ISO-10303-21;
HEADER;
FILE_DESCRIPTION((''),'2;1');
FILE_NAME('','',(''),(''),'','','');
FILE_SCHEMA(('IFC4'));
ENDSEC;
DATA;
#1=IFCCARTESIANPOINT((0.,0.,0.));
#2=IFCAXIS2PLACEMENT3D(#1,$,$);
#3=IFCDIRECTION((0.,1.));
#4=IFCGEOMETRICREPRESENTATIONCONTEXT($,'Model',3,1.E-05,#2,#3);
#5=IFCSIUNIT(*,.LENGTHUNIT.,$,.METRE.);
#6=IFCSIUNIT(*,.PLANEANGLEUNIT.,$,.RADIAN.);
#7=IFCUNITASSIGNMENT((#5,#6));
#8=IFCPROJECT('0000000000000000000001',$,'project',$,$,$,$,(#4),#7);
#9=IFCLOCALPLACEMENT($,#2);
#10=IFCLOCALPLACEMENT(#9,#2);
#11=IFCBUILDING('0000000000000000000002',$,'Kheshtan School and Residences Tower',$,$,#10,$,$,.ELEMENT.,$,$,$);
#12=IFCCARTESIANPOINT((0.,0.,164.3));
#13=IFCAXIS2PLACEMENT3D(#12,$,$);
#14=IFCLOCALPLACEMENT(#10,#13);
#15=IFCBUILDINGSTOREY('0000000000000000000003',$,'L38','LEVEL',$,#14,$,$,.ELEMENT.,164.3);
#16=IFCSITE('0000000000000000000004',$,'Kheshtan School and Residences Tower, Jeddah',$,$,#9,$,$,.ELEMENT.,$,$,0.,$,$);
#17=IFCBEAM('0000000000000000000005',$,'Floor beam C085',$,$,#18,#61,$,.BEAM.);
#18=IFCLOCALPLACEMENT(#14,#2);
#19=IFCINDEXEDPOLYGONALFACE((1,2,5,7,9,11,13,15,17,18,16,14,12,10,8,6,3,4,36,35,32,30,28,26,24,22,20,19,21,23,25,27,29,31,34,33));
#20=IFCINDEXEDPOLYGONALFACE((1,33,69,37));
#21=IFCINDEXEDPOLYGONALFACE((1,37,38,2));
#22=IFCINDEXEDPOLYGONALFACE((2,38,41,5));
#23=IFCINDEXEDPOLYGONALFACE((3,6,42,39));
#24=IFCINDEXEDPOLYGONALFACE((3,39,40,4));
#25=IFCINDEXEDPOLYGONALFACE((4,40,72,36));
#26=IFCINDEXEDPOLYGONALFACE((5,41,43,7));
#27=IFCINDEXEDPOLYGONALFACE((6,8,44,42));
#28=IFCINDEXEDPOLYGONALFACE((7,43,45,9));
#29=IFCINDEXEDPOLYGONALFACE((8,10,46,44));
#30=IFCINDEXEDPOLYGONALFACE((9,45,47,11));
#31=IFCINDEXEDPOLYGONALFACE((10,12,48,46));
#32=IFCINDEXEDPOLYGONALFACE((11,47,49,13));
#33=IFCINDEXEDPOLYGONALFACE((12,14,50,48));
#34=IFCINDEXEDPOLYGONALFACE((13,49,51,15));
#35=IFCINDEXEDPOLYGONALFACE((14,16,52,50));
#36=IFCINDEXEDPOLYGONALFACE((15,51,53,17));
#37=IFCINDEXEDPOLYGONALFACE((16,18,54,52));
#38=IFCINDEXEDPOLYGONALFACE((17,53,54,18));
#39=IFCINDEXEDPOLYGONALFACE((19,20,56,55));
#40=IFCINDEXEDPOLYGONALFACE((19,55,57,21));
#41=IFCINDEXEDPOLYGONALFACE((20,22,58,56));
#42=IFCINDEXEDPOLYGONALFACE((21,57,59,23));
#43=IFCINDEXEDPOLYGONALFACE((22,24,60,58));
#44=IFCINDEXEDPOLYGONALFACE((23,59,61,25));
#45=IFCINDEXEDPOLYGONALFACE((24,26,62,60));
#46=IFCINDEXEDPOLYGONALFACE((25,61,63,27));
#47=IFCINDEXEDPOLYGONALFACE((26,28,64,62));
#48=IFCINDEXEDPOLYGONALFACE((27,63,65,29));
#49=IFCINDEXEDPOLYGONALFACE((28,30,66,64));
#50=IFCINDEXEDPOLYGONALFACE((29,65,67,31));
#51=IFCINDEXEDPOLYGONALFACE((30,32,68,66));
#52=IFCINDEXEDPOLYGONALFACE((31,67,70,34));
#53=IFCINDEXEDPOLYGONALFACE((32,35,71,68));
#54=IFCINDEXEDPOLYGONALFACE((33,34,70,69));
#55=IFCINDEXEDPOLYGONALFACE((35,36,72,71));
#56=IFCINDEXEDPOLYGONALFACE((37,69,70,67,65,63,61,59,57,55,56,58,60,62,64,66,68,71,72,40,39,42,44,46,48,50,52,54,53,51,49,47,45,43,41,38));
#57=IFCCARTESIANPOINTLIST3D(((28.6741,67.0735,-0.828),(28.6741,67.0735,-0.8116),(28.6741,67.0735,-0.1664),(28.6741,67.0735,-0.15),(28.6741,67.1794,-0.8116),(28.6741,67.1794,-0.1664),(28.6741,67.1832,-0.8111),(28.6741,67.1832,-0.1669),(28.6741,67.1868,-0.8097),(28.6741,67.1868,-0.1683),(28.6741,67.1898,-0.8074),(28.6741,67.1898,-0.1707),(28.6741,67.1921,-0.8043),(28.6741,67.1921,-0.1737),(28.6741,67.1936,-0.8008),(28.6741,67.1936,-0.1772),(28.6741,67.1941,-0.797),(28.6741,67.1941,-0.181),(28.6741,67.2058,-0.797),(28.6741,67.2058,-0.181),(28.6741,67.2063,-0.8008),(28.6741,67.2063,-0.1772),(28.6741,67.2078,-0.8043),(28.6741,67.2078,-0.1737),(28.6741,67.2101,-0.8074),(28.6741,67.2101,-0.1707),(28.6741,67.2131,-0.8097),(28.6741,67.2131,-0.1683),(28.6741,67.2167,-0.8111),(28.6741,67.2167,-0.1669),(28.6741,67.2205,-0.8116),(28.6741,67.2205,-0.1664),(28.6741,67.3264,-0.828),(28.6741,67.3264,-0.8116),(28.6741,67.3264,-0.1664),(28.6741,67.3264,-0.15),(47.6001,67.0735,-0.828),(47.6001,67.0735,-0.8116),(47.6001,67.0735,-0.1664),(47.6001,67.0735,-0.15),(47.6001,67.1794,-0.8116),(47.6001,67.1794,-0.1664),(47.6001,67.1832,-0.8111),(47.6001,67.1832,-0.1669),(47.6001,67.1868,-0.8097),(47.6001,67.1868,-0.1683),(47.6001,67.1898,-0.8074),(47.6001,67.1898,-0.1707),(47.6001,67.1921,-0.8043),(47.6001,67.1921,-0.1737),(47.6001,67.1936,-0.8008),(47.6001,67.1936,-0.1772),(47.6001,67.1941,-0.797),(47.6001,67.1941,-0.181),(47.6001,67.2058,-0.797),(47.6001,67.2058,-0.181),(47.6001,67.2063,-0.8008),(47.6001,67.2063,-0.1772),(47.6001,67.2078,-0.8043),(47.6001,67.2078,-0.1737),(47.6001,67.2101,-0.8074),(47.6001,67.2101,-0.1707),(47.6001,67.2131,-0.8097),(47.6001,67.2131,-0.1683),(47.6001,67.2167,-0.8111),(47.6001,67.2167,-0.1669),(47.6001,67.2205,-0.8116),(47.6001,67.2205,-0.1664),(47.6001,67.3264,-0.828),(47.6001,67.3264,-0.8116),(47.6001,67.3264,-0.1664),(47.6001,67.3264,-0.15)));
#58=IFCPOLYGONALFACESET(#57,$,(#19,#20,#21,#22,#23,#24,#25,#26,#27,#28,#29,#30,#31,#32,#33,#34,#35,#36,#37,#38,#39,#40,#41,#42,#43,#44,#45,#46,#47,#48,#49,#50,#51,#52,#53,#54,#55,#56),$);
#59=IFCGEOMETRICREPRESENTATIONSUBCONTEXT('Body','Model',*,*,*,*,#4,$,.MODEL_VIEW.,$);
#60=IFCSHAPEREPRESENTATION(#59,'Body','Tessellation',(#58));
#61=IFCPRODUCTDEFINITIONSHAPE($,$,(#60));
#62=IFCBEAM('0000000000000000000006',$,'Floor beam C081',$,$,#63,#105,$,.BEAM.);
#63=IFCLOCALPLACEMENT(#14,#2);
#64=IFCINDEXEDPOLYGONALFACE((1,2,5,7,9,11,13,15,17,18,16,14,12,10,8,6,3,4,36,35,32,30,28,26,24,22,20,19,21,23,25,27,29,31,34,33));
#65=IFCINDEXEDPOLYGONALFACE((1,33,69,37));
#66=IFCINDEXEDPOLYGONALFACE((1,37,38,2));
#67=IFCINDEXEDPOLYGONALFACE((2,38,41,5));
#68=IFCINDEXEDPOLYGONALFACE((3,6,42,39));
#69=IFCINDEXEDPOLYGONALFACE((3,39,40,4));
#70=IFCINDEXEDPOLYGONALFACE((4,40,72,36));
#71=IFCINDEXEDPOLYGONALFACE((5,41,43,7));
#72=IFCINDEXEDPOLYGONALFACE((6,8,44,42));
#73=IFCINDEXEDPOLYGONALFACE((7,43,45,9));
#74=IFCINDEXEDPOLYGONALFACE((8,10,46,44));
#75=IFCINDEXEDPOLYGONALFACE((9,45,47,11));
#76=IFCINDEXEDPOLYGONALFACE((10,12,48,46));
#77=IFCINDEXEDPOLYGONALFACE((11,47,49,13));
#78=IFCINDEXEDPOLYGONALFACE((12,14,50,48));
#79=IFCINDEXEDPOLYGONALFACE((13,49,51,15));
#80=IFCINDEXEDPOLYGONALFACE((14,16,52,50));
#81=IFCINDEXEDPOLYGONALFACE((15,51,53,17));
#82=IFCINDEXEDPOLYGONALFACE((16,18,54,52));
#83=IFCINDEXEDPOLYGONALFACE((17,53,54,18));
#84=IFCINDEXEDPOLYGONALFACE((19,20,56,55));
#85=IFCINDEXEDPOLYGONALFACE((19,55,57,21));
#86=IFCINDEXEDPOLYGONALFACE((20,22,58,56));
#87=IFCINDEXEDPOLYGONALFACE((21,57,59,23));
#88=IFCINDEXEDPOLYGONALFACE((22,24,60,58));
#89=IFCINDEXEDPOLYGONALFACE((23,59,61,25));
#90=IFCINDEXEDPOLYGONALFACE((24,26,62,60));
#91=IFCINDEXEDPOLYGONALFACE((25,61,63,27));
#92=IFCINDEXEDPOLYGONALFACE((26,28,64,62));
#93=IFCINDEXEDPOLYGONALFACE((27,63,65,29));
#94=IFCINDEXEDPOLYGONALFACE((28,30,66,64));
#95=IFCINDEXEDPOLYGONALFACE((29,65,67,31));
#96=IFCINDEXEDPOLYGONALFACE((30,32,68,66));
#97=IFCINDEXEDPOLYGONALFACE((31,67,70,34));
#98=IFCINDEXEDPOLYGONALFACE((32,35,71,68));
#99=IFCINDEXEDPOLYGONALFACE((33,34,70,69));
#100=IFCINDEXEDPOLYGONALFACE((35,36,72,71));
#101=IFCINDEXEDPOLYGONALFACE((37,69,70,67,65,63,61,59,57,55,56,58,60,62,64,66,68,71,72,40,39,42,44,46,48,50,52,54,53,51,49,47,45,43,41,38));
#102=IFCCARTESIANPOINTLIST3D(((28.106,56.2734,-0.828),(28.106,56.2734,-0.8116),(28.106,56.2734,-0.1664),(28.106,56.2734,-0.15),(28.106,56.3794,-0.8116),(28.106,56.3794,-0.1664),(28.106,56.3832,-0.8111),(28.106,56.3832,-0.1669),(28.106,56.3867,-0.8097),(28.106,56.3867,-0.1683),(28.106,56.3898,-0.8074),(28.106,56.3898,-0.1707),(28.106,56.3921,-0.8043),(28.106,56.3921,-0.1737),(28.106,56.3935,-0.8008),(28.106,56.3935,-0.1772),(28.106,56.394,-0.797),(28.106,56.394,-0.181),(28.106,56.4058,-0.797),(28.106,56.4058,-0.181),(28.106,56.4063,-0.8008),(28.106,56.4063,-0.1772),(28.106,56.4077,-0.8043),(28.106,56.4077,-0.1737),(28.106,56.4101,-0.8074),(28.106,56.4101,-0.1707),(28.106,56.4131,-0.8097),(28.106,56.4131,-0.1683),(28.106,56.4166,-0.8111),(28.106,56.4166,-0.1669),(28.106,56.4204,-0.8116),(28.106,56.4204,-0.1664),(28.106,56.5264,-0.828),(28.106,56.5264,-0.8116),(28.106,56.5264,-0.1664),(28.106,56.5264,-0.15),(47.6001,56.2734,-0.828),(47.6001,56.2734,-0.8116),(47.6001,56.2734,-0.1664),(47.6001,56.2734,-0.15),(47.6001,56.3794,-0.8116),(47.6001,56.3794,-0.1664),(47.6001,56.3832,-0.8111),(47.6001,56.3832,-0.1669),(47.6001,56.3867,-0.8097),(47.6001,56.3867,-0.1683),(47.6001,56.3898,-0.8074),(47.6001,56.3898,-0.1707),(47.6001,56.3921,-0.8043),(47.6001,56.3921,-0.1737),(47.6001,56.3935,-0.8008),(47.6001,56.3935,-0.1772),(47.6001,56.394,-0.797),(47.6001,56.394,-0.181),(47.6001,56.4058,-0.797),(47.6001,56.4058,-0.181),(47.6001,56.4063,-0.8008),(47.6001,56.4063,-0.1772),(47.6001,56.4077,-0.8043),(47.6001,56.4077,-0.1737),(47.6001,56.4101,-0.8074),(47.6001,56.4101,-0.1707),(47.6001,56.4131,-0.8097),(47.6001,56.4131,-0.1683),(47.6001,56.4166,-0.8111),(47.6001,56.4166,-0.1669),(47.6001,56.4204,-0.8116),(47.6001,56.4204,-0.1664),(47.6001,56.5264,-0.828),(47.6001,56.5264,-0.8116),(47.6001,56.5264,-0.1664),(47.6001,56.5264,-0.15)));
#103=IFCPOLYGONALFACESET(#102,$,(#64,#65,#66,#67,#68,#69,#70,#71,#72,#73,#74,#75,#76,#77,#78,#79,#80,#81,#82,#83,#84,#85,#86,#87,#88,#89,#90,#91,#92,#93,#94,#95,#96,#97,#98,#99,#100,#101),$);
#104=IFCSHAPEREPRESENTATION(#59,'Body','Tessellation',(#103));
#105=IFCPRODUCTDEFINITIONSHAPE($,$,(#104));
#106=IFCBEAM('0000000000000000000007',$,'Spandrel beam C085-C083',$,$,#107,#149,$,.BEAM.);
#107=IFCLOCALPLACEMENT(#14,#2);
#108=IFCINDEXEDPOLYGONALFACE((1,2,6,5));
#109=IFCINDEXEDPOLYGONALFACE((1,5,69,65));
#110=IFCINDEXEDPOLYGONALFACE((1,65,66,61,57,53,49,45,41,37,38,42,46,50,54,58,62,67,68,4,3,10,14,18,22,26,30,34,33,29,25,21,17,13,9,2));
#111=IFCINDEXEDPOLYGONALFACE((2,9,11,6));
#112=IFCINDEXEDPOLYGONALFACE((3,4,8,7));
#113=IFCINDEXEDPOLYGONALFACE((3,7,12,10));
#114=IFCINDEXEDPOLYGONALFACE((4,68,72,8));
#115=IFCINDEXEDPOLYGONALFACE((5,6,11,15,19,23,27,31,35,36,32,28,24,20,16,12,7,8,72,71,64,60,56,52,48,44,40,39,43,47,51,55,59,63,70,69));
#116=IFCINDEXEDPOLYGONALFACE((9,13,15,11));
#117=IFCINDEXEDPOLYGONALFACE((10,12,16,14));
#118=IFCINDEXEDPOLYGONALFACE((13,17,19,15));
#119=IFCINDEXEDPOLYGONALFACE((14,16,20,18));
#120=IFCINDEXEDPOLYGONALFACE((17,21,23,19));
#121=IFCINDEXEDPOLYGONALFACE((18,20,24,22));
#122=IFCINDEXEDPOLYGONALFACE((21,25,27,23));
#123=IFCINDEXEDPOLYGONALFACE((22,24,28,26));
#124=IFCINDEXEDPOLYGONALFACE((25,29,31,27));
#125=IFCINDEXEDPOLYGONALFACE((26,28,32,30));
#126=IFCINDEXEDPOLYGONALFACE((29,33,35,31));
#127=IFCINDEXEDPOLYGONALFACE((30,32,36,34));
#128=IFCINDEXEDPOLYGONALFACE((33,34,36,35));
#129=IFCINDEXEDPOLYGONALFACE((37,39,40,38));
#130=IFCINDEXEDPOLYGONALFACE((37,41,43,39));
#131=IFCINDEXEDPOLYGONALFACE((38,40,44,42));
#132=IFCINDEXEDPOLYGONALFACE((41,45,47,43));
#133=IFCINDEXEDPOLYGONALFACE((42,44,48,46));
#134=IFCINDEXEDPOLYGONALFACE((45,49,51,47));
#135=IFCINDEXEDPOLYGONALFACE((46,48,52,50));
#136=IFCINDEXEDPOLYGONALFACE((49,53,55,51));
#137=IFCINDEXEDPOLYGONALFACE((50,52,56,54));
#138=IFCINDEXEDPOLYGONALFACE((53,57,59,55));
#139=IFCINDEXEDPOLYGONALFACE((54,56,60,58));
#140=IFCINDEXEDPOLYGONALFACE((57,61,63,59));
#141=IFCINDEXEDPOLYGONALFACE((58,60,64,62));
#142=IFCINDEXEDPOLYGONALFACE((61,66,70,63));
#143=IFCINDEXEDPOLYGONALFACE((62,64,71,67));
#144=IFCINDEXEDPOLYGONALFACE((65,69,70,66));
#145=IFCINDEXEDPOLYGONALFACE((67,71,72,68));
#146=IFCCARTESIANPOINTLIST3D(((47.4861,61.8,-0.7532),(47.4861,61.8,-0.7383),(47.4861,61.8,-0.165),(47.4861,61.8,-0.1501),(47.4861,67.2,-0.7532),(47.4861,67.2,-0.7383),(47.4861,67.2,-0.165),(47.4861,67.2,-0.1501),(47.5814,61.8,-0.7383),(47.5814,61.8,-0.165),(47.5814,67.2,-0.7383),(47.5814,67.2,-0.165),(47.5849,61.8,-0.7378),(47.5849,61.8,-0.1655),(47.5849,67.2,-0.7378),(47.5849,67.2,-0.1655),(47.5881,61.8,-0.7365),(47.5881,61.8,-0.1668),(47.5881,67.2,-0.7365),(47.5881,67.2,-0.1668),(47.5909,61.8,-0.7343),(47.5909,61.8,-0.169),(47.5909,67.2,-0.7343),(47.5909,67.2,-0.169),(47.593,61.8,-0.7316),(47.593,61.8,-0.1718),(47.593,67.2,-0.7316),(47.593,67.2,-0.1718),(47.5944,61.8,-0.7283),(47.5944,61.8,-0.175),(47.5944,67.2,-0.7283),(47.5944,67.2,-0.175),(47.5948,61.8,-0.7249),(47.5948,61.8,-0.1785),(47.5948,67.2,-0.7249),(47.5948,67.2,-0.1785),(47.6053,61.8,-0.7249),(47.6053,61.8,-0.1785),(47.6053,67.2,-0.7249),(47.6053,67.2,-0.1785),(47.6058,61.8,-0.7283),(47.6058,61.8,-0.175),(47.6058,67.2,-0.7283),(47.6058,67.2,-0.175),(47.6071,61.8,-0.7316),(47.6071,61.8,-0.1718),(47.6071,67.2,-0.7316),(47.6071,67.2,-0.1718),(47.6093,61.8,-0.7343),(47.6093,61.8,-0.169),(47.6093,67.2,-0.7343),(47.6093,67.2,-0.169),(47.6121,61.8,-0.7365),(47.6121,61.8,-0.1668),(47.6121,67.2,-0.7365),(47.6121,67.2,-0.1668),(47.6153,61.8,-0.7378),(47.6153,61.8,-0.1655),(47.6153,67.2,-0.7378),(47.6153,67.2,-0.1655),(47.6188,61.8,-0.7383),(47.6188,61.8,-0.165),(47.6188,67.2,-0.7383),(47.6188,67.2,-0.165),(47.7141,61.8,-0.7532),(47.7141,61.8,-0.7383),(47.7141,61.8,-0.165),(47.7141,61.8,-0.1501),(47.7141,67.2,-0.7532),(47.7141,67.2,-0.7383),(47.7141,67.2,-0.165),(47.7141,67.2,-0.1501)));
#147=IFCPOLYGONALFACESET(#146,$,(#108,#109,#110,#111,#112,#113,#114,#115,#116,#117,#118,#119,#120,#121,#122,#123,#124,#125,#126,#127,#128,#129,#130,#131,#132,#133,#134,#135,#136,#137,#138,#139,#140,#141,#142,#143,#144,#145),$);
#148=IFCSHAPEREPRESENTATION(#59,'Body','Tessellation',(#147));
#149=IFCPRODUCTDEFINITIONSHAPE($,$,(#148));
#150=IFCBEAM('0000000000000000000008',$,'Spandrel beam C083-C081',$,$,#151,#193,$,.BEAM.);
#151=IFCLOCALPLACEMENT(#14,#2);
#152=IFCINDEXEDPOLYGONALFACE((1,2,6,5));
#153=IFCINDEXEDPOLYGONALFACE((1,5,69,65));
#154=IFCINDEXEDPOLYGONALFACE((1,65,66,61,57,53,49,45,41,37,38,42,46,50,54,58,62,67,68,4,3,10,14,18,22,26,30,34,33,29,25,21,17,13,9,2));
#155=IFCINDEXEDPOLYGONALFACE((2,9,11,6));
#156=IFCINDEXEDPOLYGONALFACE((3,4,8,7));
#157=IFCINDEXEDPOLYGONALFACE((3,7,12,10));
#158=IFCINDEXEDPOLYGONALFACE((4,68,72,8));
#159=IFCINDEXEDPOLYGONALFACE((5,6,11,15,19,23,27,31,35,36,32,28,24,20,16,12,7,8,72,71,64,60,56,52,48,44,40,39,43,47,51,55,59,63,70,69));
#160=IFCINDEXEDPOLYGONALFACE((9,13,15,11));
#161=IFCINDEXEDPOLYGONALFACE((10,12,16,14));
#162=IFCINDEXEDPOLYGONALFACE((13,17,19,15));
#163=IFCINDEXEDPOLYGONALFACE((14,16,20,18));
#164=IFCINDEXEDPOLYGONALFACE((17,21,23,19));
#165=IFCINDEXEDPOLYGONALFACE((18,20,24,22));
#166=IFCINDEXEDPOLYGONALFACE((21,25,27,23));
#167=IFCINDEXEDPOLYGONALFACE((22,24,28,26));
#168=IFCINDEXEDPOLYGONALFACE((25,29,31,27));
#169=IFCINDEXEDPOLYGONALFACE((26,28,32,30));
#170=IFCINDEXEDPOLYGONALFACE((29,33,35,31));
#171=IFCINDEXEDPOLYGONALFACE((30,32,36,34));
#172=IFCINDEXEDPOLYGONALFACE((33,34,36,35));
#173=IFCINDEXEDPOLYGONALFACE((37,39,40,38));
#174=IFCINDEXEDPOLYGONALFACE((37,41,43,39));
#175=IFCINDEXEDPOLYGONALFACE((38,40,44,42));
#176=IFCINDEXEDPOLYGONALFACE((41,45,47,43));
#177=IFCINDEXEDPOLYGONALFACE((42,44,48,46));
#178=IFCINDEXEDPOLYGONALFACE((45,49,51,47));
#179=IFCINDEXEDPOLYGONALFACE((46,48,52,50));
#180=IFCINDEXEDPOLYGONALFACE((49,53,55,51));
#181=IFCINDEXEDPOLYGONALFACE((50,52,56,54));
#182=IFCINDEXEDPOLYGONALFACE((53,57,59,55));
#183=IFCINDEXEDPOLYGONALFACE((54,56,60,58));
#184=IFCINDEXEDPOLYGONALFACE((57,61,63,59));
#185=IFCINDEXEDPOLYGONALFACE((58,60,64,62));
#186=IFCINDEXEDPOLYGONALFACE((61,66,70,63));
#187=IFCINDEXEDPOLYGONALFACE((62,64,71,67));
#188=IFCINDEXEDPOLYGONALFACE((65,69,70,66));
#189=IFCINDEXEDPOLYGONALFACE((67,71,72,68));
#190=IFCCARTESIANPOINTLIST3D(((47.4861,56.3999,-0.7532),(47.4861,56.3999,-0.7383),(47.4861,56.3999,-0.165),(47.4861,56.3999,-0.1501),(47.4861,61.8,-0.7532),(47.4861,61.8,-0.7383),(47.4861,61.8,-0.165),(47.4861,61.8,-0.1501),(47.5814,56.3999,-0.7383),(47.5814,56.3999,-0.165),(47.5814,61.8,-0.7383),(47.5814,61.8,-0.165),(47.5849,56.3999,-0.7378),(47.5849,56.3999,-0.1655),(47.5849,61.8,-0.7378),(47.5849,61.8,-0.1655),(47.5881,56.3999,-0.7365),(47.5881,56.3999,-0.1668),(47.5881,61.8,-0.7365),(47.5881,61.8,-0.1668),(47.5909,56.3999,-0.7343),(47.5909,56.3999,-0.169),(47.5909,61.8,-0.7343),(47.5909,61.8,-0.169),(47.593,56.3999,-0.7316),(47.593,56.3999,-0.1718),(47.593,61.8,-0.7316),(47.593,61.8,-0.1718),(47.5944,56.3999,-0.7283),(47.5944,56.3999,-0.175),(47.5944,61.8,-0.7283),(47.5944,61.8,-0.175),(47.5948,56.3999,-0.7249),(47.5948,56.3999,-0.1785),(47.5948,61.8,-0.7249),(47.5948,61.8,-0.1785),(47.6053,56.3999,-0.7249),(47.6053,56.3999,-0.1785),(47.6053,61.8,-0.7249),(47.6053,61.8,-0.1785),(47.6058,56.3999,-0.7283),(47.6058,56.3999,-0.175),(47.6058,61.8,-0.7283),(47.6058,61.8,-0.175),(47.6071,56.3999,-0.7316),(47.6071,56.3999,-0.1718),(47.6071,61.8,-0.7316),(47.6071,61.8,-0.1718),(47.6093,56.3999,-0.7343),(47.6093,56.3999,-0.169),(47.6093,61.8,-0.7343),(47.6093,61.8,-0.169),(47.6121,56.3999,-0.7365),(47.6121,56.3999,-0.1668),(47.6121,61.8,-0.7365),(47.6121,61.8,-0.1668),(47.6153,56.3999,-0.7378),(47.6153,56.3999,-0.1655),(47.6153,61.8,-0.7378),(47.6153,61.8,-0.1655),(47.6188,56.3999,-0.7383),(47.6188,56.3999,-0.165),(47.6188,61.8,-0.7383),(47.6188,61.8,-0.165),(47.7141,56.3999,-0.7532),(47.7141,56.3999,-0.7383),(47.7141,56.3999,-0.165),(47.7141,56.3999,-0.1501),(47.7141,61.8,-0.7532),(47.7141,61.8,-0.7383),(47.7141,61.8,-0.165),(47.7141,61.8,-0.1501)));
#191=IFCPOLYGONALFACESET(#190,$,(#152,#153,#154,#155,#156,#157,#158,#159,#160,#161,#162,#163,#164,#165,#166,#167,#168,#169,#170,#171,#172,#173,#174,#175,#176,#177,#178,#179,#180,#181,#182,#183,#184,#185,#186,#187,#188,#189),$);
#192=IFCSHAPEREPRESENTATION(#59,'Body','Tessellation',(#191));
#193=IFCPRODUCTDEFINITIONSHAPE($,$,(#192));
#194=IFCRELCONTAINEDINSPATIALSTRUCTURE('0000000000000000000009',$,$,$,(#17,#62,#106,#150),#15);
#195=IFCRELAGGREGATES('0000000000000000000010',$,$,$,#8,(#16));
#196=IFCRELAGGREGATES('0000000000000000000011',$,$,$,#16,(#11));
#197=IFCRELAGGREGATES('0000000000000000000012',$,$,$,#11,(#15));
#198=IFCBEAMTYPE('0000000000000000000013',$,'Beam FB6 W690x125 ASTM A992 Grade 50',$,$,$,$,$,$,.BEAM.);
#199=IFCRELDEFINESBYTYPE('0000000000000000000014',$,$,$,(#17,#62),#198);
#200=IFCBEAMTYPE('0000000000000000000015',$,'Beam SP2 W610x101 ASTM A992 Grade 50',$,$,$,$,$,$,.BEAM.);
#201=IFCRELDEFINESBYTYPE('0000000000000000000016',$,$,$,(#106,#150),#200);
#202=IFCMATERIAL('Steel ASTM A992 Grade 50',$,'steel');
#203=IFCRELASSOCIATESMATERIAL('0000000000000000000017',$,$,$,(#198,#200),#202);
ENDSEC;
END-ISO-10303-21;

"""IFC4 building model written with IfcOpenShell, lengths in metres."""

from ifc_helpers import new_model, si_unit, direction, frame, origin, origin_2d, place, context, subcontext, project, spatial, i_section, extrude, material, material_profile, profile_set, type_object, element, save


model = new_model("IFC4")

# Units and contexts
model_context = context("Model", 3, precision=1e-05, world=origin(), true_north=direction((0.0, 1.0)))
body_context = subcontext(model_context, "Body", "Model", "MODEL_VIEW")
ifc_project = project(units=[si_unit("LENGTHUNIT", "METRE"), si_unit("PLANEANGLEUNIT", "RADIAN")], contexts=[model_context])

# Site, building, storey
site_placement = place(None, origin())
site = spatial("IfcSite", under=ifc_project, at=site_placement, Name="Kheshtan School and Residences Tower, Jeddah", CompositionType="ELEMENT", RefElevation=0.0)
building_placement = place(site_placement, origin())
building = spatial("IfcBuilding", under=site, at=building_placement, Name="Kheshtan School and Residences Tower", CompositionType="ELEMENT")
storey_placement = place(building_placement, frame((0.0, 0.0, 164.3)))
storey = spatial("IfcBuildingStorey", under=building, at=storey_placement, Name="L38", Description="LEVEL", CompositionType="ELEMENT", Elevation=164.3)

# Shared definitions
ifc_material_1 = material(Name="Steel ASTM A992 Grade 50", Category="steel")

# Beams
ifc_material_profile_1 = material_profile(ifc_material_1, i_section(OverallWidth=0.2529, OverallDepth=0.678, WebThickness=0.0117, FlangeThickness=0.0164, FilletRadius=0.0146, at=origin_2d()), Name="W690x125")
ifc_profile_set_1 = profile_set([ifc_material_profile_1], Name="Steel ASTM A992 Grade 50")
beam_type_1 = type_object("IfcBeamType", Name="Beam FB6 W690x125 ASTM A992 Grade 50", PredefinedType="BEAM", material=ifc_profile_set_1)
beam_1_placement = place(storey_placement, frame((47.6001, 67.2, -0.489), z_axis=(-1.0, 0.0, 0.0), x_axis=(0.0, -1.0, 0.0)))
element("IfcBeam", 1, at=beam_1_placement, inside=storey, type_object=beam_type_1, Name="Floor beam C085", PredefinedType="BEAM", context=body_context, shape_type="SweptSolid", body=[
    extrude(i_section(OverallWidth=0.2529, OverallDepth=0.678, WebThickness=0.0117, FlangeThickness=0.0164, FilletRadius=0.0146, at=origin_2d()), origin(), (0.0, 0.0, 1.0), 18.926),
])
beam_2_placement = place(storey_placement, frame((47.6001, 56.3999, -0.489), z_axis=(-1.0, 0.0, 0.0), x_axis=(0.0, -1.0, 0.0)))
element("IfcBeam", 2, at=beam_2_placement, inside=storey, type_object=beam_type_1, Name="Floor beam C081", PredefinedType="BEAM", context=body_context, shape_type="SweptSolid", body=[
    extrude(i_section(OverallWidth=0.2529, OverallDepth=0.678, WebThickness=0.0117, FlangeThickness=0.0164, FilletRadius=0.0146, at=origin_2d()), origin(), (0.0, 0.0, 1.0), 19.4941),
])
ifc_material_profile_2 = material_profile(ifc_material_1, i_section(OverallWidth=0.228, OverallDepth=0.603, WebThickness=0.0105, FlangeThickness=0.0149, FilletRadius=0.0134, at=origin_2d()), Name="W610x101")
ifc_profile_set_2 = profile_set([ifc_material_profile_2], Name="Steel ASTM A992 Grade 50")
beam_type_2 = type_object("IfcBeamType", Name="Beam SP2 W610x101 ASTM A992 Grade 50", PredefinedType="BEAM", material=ifc_profile_set_2)
beam_3_placement = place(storey_placement, frame((47.6001, 67.2, -0.4517), z_axis=(0.0, -1.0, 0.0), x_axis=(1.0, 0.0, 0.0)))
element("IfcBeam", 3, at=beam_3_placement, inside=storey, type_object=beam_type_2, Name="Spandrel beam C085-C083", PredefinedType="BEAM", context=body_context, shape_type="SweptSolid", body=[
    extrude(i_section(OverallWidth=0.228, OverallDepth=0.603, WebThickness=0.0105, FlangeThickness=0.0149, FilletRadius=0.0134, at=origin_2d()), origin(), (0.0, 0.0, 1.0), 5.3999),
])
beam_4_placement = place(storey_placement, frame((47.6001, 61.8, -0.4517), z_axis=(0.0, -1.0, 0.0), x_axis=(1.0, 0.0, 0.0)))
element("IfcBeam", 4, at=beam_4_placement, inside=storey, type_object=beam_type_2, Name="Spandrel beam C083-C081", PredefinedType="BEAM", context=body_context, shape_type="SweptSolid", body=[
    extrude(i_section(OverallWidth=0.228, OverallDepth=0.603, WebThickness=0.0105, FlangeThickness=0.0149, FilletRadius=0.0134, at=origin_2d()), origin(), (0.0, 0.0, 1.0), 5.4001),
])

save(model, "model.ifc")
